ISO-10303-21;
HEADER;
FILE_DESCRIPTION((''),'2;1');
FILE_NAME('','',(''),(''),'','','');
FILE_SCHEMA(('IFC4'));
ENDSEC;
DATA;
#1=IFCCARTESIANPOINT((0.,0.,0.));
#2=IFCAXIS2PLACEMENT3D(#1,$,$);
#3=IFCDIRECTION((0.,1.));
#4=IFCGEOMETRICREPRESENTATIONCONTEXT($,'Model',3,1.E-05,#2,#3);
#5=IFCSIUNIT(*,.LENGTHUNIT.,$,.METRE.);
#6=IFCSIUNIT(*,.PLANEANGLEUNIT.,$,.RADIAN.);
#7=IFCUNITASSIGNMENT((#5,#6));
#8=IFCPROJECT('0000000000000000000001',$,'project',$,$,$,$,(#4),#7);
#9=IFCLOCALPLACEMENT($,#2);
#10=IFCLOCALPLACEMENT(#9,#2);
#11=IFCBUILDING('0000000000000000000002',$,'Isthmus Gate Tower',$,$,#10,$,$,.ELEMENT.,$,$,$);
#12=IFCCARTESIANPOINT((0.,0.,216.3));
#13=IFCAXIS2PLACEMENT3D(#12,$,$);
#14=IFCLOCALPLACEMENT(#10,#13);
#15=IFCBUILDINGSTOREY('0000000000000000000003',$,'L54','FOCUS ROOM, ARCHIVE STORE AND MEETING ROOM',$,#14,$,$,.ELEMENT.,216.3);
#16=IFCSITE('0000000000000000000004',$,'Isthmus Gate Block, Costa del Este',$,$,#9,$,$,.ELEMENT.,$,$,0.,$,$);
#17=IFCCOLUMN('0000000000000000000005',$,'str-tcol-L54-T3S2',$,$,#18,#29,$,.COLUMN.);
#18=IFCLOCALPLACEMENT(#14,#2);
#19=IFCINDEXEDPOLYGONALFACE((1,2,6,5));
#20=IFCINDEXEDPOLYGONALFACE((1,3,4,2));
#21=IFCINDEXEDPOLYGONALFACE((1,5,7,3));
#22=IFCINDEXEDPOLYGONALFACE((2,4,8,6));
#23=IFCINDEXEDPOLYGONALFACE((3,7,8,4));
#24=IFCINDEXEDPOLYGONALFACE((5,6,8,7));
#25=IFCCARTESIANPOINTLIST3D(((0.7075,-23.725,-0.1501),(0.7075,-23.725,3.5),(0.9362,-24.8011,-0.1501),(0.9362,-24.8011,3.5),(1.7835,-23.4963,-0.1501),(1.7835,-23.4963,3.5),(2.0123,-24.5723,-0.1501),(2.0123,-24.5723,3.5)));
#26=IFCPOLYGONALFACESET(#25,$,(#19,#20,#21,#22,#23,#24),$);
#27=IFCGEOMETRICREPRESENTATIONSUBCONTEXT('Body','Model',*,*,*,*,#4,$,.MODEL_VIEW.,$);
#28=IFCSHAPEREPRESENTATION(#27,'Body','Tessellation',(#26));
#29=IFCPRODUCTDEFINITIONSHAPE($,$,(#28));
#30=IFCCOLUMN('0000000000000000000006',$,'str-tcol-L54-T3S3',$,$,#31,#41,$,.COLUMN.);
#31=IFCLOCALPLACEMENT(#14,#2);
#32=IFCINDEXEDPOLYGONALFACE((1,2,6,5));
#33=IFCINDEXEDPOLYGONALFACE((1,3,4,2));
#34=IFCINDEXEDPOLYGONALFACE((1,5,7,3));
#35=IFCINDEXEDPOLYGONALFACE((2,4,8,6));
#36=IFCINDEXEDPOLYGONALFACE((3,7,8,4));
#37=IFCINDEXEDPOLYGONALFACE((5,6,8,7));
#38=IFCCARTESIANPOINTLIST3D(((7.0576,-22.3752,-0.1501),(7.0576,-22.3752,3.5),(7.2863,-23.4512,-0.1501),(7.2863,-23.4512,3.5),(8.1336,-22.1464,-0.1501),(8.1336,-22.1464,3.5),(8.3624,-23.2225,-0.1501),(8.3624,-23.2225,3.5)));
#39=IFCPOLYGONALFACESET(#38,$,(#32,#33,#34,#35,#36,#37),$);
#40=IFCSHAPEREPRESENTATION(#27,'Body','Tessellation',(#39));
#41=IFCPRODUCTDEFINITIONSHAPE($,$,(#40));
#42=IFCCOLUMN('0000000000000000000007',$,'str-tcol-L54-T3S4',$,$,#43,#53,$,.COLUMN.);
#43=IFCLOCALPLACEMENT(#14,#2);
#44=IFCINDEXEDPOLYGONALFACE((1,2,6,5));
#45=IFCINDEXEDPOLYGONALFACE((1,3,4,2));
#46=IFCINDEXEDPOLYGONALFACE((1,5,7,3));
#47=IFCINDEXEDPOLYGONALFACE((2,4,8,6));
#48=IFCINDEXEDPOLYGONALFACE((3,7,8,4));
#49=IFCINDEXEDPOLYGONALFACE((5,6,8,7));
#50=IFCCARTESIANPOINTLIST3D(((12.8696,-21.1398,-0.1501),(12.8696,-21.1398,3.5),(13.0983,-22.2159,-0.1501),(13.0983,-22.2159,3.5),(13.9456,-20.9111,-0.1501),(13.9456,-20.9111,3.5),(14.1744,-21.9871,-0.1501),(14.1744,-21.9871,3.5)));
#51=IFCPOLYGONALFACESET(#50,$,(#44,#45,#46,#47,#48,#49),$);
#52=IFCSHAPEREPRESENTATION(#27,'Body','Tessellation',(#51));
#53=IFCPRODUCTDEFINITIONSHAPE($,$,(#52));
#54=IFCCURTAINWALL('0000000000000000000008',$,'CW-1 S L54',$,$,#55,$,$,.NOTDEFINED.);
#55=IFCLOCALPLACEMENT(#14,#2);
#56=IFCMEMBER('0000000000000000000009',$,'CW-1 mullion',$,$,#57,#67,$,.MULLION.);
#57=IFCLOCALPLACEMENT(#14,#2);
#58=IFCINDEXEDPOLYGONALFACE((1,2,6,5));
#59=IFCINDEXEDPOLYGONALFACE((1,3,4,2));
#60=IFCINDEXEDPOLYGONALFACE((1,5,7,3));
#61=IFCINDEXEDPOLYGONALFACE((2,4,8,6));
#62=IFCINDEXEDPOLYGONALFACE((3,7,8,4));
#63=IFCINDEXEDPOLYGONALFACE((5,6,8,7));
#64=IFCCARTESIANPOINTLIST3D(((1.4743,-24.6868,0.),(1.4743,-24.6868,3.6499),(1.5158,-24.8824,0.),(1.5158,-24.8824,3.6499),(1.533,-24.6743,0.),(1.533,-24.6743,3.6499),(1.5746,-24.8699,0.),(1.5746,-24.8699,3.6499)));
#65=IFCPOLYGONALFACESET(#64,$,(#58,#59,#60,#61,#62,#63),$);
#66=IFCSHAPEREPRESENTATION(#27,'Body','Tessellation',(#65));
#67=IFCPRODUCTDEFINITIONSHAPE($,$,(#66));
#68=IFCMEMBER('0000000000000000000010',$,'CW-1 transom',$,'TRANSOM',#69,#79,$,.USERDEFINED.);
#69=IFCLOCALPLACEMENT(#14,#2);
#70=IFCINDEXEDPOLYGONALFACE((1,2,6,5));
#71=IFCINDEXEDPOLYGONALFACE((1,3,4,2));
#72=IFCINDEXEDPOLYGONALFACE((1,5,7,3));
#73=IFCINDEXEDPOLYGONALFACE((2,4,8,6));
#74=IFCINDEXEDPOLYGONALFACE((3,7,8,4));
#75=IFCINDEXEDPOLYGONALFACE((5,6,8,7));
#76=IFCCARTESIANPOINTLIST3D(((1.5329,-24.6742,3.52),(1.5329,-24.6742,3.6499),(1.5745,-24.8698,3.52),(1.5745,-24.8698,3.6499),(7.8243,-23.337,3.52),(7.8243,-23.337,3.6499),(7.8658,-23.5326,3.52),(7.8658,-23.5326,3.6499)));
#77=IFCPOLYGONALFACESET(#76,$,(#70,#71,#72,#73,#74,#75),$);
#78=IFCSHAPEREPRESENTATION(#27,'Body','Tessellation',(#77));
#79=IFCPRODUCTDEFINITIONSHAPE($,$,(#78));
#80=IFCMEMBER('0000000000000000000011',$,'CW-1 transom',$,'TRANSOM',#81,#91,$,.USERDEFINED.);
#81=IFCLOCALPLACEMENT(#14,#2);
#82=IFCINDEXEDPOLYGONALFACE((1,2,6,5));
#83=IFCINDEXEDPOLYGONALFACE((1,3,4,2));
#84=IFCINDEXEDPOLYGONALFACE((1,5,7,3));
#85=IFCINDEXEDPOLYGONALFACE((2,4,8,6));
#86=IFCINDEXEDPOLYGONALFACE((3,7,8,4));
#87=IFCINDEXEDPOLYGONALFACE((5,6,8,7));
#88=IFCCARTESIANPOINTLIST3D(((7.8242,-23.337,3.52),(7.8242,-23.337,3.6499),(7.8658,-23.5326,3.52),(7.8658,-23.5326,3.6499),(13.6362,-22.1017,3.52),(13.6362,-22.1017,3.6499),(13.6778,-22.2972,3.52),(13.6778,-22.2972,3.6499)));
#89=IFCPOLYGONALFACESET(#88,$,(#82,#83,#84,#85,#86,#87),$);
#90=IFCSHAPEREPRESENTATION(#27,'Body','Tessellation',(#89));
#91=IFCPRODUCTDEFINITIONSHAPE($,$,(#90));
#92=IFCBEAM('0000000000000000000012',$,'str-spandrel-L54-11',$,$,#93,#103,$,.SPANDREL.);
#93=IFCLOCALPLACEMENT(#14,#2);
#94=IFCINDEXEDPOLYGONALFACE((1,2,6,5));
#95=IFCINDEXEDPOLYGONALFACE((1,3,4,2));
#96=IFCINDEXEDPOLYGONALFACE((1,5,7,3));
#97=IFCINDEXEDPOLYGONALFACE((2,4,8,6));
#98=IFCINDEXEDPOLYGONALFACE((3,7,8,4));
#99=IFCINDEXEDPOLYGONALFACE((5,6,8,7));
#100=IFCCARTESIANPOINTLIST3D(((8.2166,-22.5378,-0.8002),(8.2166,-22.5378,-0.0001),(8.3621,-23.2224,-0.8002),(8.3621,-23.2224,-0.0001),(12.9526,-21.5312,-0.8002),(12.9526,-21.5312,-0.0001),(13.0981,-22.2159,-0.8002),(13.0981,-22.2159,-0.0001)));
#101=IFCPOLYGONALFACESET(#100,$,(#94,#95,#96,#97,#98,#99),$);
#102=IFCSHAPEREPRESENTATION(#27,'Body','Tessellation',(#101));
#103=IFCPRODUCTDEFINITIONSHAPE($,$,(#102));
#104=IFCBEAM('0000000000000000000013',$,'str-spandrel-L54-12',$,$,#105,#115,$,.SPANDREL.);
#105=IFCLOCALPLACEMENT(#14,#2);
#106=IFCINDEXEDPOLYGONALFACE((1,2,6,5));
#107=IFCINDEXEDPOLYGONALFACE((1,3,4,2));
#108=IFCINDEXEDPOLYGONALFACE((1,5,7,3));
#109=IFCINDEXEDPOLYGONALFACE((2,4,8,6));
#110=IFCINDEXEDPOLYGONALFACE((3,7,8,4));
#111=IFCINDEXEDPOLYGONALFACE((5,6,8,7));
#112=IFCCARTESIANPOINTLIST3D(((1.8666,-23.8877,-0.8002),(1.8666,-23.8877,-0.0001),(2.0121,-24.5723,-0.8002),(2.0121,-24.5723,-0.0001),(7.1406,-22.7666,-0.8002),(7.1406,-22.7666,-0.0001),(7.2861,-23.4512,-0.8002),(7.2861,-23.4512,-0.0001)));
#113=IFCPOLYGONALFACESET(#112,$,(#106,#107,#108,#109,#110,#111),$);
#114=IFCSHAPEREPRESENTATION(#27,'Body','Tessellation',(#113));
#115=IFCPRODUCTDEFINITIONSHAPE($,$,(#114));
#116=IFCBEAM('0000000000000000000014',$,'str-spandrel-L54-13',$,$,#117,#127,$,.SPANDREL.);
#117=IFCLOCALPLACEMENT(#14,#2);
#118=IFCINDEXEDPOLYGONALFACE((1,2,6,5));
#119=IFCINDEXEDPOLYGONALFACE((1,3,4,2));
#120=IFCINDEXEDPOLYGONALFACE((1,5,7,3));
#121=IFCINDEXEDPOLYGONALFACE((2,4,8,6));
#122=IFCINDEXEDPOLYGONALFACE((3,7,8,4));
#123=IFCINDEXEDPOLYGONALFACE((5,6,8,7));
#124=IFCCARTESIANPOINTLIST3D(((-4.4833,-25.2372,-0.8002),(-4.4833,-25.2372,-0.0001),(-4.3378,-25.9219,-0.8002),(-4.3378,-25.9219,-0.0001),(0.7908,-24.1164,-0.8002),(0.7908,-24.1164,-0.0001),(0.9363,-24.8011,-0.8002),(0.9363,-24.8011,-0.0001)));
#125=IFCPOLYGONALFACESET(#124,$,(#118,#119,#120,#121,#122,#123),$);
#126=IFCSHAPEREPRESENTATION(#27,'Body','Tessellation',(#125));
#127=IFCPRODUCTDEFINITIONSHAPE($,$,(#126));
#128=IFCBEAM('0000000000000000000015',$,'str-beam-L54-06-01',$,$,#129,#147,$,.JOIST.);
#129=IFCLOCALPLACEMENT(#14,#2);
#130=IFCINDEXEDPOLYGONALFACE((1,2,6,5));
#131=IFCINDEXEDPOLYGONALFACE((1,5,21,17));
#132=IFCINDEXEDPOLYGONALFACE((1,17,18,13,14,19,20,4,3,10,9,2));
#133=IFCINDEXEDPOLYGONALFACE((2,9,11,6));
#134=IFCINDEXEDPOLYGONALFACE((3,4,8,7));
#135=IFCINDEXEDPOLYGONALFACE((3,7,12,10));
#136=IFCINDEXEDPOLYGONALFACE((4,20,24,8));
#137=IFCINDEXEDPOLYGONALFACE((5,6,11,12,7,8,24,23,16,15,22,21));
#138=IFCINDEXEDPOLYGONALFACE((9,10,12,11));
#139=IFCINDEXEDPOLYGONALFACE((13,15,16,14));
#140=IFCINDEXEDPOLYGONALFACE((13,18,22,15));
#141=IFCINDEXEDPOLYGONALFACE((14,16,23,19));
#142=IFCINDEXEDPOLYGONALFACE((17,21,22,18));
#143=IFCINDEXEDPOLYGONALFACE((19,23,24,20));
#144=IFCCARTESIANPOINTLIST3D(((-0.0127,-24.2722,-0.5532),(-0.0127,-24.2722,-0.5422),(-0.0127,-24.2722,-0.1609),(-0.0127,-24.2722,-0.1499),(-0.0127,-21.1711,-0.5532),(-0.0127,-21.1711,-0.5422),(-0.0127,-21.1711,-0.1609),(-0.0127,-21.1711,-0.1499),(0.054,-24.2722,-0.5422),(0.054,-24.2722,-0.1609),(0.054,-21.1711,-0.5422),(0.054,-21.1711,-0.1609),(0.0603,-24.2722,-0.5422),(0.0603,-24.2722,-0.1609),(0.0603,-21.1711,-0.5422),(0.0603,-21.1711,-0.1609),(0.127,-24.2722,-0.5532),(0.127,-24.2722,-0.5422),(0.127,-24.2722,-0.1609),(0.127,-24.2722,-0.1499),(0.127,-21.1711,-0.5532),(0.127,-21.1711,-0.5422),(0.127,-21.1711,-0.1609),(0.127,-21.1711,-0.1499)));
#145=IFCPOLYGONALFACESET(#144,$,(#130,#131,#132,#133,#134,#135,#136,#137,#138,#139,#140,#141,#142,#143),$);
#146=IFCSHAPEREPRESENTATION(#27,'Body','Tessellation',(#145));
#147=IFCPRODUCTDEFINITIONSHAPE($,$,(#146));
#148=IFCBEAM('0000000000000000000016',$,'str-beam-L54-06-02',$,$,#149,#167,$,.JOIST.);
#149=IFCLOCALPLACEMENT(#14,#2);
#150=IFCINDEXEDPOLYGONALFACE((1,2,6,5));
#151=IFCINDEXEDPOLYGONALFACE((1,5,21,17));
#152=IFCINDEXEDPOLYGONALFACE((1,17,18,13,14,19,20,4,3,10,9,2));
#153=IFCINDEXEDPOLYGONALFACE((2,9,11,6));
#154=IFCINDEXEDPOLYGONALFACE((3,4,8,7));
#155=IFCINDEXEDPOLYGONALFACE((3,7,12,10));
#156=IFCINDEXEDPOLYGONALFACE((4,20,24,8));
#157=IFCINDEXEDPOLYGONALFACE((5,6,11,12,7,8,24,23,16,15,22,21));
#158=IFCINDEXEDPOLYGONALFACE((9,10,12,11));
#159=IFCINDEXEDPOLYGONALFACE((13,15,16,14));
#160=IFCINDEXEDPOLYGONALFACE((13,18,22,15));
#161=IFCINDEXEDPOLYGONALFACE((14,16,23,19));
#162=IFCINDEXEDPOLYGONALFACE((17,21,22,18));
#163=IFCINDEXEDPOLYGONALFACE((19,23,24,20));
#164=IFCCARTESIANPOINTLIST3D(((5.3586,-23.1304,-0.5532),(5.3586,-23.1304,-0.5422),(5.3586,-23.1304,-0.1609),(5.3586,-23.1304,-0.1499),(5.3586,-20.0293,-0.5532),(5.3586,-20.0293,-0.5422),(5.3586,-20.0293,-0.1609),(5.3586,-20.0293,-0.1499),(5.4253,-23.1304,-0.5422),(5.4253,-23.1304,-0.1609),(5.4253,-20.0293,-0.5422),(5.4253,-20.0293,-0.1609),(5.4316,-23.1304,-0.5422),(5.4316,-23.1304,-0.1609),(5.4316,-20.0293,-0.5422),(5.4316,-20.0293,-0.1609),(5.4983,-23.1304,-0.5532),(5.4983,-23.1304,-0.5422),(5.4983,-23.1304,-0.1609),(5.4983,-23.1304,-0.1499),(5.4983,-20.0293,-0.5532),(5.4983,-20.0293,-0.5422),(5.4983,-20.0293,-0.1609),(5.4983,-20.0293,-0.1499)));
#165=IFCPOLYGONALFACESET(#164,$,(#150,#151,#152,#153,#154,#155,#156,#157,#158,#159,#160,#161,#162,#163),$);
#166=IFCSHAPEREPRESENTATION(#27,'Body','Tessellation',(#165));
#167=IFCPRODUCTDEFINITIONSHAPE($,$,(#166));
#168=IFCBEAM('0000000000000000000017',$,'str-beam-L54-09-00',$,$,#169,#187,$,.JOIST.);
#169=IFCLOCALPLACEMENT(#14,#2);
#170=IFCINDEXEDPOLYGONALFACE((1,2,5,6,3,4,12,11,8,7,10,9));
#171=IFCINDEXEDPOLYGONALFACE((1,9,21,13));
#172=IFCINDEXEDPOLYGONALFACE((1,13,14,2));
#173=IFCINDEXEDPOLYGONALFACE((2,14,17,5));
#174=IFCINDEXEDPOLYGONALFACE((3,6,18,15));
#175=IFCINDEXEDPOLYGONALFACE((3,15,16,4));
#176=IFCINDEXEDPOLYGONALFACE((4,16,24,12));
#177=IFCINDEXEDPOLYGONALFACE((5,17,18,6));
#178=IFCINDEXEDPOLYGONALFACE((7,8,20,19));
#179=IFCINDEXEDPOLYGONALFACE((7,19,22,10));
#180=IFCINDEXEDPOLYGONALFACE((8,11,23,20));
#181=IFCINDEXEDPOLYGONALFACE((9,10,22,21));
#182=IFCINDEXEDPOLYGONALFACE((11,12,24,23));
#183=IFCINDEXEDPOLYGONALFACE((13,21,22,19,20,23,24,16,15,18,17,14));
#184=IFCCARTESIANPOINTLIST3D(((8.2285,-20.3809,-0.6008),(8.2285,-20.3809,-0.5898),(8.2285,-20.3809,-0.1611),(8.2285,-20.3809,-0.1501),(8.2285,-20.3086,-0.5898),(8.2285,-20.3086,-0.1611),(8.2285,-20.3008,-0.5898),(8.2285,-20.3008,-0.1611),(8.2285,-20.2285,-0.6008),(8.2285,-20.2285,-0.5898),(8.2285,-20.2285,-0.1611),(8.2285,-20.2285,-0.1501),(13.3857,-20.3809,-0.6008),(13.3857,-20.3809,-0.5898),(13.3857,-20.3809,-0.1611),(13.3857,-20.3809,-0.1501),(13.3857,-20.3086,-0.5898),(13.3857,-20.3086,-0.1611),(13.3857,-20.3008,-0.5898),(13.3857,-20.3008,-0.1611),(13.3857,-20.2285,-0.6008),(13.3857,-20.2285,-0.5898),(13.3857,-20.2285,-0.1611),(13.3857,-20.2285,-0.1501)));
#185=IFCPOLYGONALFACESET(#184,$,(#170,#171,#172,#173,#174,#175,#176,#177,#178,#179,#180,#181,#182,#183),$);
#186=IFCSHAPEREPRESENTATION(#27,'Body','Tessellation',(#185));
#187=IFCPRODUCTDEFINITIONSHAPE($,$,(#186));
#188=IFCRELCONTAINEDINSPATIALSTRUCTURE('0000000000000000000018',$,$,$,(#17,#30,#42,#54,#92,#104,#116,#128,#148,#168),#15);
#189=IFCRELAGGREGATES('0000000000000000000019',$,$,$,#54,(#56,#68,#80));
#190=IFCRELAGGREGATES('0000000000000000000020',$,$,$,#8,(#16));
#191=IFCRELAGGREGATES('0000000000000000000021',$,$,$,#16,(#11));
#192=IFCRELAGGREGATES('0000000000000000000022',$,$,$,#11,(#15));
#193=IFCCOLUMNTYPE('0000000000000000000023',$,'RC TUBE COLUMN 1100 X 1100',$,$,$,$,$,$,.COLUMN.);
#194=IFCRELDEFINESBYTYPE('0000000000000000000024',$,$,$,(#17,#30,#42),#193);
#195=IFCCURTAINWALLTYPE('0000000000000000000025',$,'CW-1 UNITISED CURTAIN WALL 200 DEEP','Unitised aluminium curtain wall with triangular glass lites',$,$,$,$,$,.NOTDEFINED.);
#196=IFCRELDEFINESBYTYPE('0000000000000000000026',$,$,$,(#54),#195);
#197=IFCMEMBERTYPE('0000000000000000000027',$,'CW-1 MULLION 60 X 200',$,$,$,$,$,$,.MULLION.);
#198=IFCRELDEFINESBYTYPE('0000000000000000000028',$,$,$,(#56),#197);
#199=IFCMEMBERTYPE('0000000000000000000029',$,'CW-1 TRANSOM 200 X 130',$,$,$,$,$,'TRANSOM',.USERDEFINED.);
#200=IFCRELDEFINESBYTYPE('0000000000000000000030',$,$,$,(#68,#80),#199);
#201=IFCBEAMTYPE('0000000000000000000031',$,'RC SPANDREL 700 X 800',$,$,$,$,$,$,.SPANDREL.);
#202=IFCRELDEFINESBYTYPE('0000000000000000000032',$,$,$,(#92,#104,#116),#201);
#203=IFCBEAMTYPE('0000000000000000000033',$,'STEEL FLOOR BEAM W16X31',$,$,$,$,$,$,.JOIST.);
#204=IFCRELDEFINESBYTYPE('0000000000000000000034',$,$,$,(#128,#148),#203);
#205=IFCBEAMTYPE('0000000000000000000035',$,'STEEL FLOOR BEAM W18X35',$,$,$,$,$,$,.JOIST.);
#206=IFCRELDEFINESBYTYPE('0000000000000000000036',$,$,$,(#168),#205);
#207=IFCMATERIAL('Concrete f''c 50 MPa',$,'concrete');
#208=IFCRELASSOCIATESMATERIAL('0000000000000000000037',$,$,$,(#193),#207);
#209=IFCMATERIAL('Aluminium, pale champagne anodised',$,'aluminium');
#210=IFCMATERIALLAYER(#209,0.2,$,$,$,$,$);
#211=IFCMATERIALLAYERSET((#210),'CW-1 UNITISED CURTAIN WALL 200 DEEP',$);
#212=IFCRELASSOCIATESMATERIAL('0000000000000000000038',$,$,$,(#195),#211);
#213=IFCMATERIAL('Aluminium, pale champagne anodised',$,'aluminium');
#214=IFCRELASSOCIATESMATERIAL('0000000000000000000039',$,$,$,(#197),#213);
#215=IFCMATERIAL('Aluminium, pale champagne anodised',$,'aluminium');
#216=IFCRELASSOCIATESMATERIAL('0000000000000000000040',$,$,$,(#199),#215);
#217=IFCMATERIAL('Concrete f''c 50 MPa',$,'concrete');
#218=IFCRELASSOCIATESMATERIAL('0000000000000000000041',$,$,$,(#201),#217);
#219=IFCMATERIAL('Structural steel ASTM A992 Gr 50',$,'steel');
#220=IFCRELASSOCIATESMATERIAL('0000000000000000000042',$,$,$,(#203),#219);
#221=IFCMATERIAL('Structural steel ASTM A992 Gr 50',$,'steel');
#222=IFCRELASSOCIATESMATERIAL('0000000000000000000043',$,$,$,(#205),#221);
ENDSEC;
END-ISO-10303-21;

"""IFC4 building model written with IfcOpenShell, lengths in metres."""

from ifc_helpers import new_model, si_unit, direction, frame, origin, origin_2d, place, context, subcontext, project, spatial, rectangle, i_section, extrude, material, layer, layer_set, material_profile, profile_set, type_object, element, aggregate, save


model = new_model("IFC4")

# Units and contexts
model_context = context("Model", 3, precision=1e-05, world=origin(), true_north=direction((0.0, 1.0)))
body_context = subcontext(model_context, "Body", "Model", "MODEL_VIEW")
ifc_project = project(units=[si_unit("LENGTHUNIT", "METRE"), si_unit("PLANEANGLEUNIT", "RADIAN")], contexts=[model_context])

# Site, building, storey
site_placement = place(None, origin())
site = spatial("IfcSite", under=ifc_project, at=site_placement, Name="Isthmus Gate Block, Costa del Este", CompositionType="ELEMENT", RefElevation=0.0)
building_placement = place(site_placement, origin())
building = spatial("IfcBuilding", under=site, at=building_placement, Name="Isthmus Gate Tower", CompositionType="ELEMENT")
storey_placement = place(building_placement, frame((0.0, 0.0, 216.3)))
storey = spatial("IfcBuildingStorey", under=building, at=storey_placement, Name="L54", Description="FOCUS ROOM, ARCHIVE STORE AND MEETING ROOM", CompositionType="ELEMENT", Elevation=216.3)

# Columns
ifc_material_1 = material(Name="Concrete f'c 50 MPa", Category="concrete")
ifc_material_profile_1 = material_profile(ifc_material_1, rectangle(XDim=1.1001, YDim=1.1001, at=origin_2d()), Name="RC 1100X1100")
ifc_profile_set_1 = profile_set([ifc_material_profile_1], Name="Concrete f'c 50 MPa")
column_type = type_object("IfcColumnType", Name="RC TUBE COLUMN 1100 X 1100", PredefinedType="COLUMN", material=ifc_profile_set_1)
for number, where, z_axis, x_axis, name in (
    (1, (1.3599, -24.1487, -0.1501), (0.0, 0.0, 1.0), (0.978148, 0.207912, 0.0), "str-tcol-L54-T3S2"),
    (2, (7.71, -22.7988, -0.1501), (0.0, 0.0, 1.0), (0.978148, 0.207912, 0.0), "str-tcol-L54-T3S3"),
    (3, (13.522, -21.5635, -0.1501), (0.0, 0.0, 1.0), (0.978148, 0.207912, 0.0), "str-tcol-L54-T3S4"),
):
    element("IfcColumn", number, at=place(storey_placement, frame(where, z_axis=z_axis, x_axis=x_axis)), inside=storey, type_object=column_type, Name=name, PredefinedType="COLUMN", context=body_context, shape_type="SweptSolid", body=[
        extrude(rectangle(XDim=1.1001, YDim=1.1001, at=origin_2d()), origin(), (0.0, 0.0, 1.0), 3.6501),
    ])

# Curtain wall, members
ifc_material_2 = material(Name="Aluminium, pale champagne anodised", Category="aluminium")
ifc_layer_1 = layer(ifc_material_2, 0.2)
ifc_layer_set_1 = layer_set([ifc_layer_1], Name="CW-1 UNITISED CURTAIN WALL 200 DEEP")
curtain_wall_type = type_object("IfcCurtainWallType", Name="CW-1 UNITISED CURTAIN WALL 200 DEEP", Description="Unitised aluminium curtain wall with triangular glass lites", PredefinedType="NOTDEFINED", material=ifc_layer_set_1)
curtain_wall_placement = place(storey_placement, origin())
curtain_wall = element("IfcCurtainWall", 4, at=curtain_wall_placement, inside=storey, type_object=curtain_wall_type, Name="CW-1 S L54", PredefinedType="NOTDEFINED")
ifc_material_3 = material(Name="Aluminium, pale champagne anodised", Category="aluminium")
ifc_material_profile_2 = material_profile(ifc_material_3, rectangle(XDim=0.0601, YDim=0.2, at=origin_2d()), Name="60x200")
ifc_profile_set_2 = profile_set([ifc_material_profile_2], Name="Aluminium, pale champagne anodised")
member_type_1 = type_object("IfcMemberType", Name="CW-1 MULLION 60 X 200", PredefinedType="MULLION", material=ifc_profile_set_2)
member_1_placement = place(storey_placement, frame((1.5244, -24.7783, 0.0), z_axis=(0.0, 0.0, 1.0), x_axis=(0.978148, 0.207912, 0.0)))
member_1 = element("IfcMember", 5, at=member_1_placement, type_object=member_type_1, Name="CW-1 mullion", PredefinedType="MULLION", context=body_context, shape_type="SweptSolid", body=[
    extrude(rectangle(XDim=0.0601, YDim=0.2, at=origin_2d()), origin(), (0.0, 0.0, 1.0), 3.6499),
])
ifc_material_4 = material(Name="Aluminium, pale champagne anodised", Category="aluminium")
ifc_material_profile_3 = material_profile(ifc_material_4, rectangle(XDim=0.2, YDim=0.1299, at=origin_2d()), Name="200x130")
ifc_profile_set_3 = profile_set([ifc_material_profile_3], Name="Aluminium, pale champagne anodised")
member_type_2 = type_object("IfcMemberType", Name="CW-1 TRANSOM 200 X 130", ElementType="TRANSOM", PredefinedType="USERDEFINED", material=ifc_profile_set_3)
member_2_placement = place(storey_placement, frame((1.5537, -24.772, 3.585), z_axis=(0.97815, 0.207898, 0.0), x_axis=(-0.207898, 0.97815, 0.0)))
member_2 = element("IfcMember", 6, at=member_2_placement, type_object=member_type_2, Name="CW-1 transom", ObjectType="TRANSOM", PredefinedType="USERDEFINED", context=body_context, shape_type="SweptSolid", body=[
    extrude(rectangle(XDim=0.2, YDim=0.1299, at=origin_2d()), origin(), (0.0, 0.0, 1.0), 6.4319),
])
member_3_placement = place(storey_placement, frame((7.845, -23.4348, 3.585), z_axis=(0.978149, 0.207907, 0.0), x_axis=(-0.207907, 0.978149, 0.0)))
member_3 = element("IfcMember", 7, at=member_3_placement, type_object=member_type_2, Name="CW-1 transom", ObjectType="TRANSOM", PredefinedType="USERDEFINED", context=body_context, shape_type="SweptSolid", body=[
    extrude(rectangle(XDim=0.2, YDim=0.1299, at=origin_2d()), origin(), (0.0, 0.0, 1.0), 5.9419),
])

# Beams
ifc_material_5 = material(Name="Concrete f'c 50 MPa", Category="concrete")
ifc_material_profile_4 = material_profile(ifc_material_5, rectangle(XDim=0.7, YDim=0.8, at=origin_2d()), Name="RC 700X800")
ifc_profile_set_4 = profile_set([ifc_material_profile_4], Name="Concrete f'c 50 MPa")
beam_type_1 = type_object("IfcBeamType", Name="RC SPANDREL 700 X 800", PredefinedType="SPANDREL", material=ifc_profile_set_4)
beam_1_placement = place(storey_placement, frame((13.0254, -21.8735, -0.4001), z_axis=(-0.978152, -0.207893, 0.0), x_axis=(0.207893, -0.978152, 0.0)))
element("IfcBeam", 8, at=beam_1_placement, inside=storey, type_object=beam_type_1, Name="str-spandrel-L54-11", PredefinedType="SPANDREL", context=body_context, shape_type="SweptSolid", body=[
    extrude(rectangle(XDim=0.7, YDim=0.8, at=origin_2d()), origin(), (0.0, 0.0, 1.0), 4.8418),
])
for number, where, z_axis, x_axis, name in (
    (9, (7.2134, -23.1089, -0.4001), (-0.978144, -0.207927, 0.0), (0.207927, -0.978144, 0.0), "str-spandrel-L54-12"),
    (10, (0.8635, -24.4587, -0.4001), (-0.978156, -0.207874, 0.0), (0.207874, -0.978156, 0.0), "str-spandrel-L54-13"),
):
    element("IfcBeam", number, at=place(storey_placement, frame(where, z_axis=z_axis, x_axis=x_axis)), inside=storey, type_object=beam_type_1, Name=name, PredefinedType="SPANDREL", context=body_context, shape_type="SweptSolid", body=[
        extrude(rectangle(XDim=0.7, YDim=0.8, at=origin_2d()), origin(), (0.0, 0.0, 1.0), 5.3918),
    ])
ifc_material_6 = material(Name="Structural steel ASTM A992 Gr 50", Category="steel")
ifc_material_profile_5 = material_profile(ifc_material_6, i_section(OverallWidth=0.1396, OverallDepth=0.4033, WebThickness=0.0063, FlangeThickness=0.011, at=origin_2d()), Name="W16X31")
ifc_profile_set_5 = profile_set([ifc_material_profile_5], Name="Structural steel ASTM A992 Gr 50")
beam_type_2 = type_object("IfcBeamType", Name="STEEL FLOOR BEAM W16X31", PredefinedType="JOIST", material=ifc_profile_set_5)
for number, where, z_axis, x_axis, name in (
    (11, (0.0571, -24.2722, -0.3516), (0.0, 1.0, 0.0), (-1.0, 0.0, 0.0), "str-beam-L54-06-01"),
    (12, (5.4285, -23.1304, -0.3516), (0.0, 1.0, 0.0), (-1.0, 0.0, 0.0), "str-beam-L54-06-02"),
):
    element("IfcBeam", number, at=place(storey_placement, frame(where, z_axis=z_axis, x_axis=x_axis)), inside=storey, type_object=beam_type_2, Name=name, PredefinedType="JOIST", context=body_context, shape_type="SweptSolid", body=[
        extrude(i_section(OverallWidth=0.1396, OverallDepth=0.4033, WebThickness=0.0063, FlangeThickness=0.011, at=origin_2d()), origin(), (0.0, 0.0, 1.0), 3.1011),
    ])
ifc_material_7 = material(Name="Structural steel ASTM A992 Gr 50", Category="steel")
ifc_material_profile_6 = material_profile(ifc_material_7, i_section(OverallWidth=0.1523, OverallDepth=0.4507, WebThickness=0.0078, FlangeThickness=0.011, at=origin_2d()), Name="W18X35")
ifc_profile_set_6 = profile_set([ifc_material_profile_6], Name="Structural steel ASTM A992 Gr 50")
beam_type_3 = type_object("IfcBeamType", Name="STEEL FLOOR BEAM W18X35", PredefinedType="JOIST", material=ifc_profile_set_6)
beam_2_placement = place(storey_placement, frame((8.2285, -20.3047, -0.3755), z_axis=(1.0, 0.0, 0.0), x_axis=(0.0, 1.0, 0.0)))
element("IfcBeam", 13, at=beam_2_placement, inside=storey, type_object=beam_type_3, Name="str-beam-L54-09-00", PredefinedType="JOIST", context=body_context, shape_type="SweptSolid", body=[
    extrude(i_section(OverallWidth=0.1523, OverallDepth=0.4507, WebThickness=0.0078, FlangeThickness=0.011, at=origin_2d()), origin(), (0.0, 0.0, 1.0), 5.1572),
])

aggregate(curtain_wall, [member_1, member_2, member_3])

save(model, "model.ifc")
